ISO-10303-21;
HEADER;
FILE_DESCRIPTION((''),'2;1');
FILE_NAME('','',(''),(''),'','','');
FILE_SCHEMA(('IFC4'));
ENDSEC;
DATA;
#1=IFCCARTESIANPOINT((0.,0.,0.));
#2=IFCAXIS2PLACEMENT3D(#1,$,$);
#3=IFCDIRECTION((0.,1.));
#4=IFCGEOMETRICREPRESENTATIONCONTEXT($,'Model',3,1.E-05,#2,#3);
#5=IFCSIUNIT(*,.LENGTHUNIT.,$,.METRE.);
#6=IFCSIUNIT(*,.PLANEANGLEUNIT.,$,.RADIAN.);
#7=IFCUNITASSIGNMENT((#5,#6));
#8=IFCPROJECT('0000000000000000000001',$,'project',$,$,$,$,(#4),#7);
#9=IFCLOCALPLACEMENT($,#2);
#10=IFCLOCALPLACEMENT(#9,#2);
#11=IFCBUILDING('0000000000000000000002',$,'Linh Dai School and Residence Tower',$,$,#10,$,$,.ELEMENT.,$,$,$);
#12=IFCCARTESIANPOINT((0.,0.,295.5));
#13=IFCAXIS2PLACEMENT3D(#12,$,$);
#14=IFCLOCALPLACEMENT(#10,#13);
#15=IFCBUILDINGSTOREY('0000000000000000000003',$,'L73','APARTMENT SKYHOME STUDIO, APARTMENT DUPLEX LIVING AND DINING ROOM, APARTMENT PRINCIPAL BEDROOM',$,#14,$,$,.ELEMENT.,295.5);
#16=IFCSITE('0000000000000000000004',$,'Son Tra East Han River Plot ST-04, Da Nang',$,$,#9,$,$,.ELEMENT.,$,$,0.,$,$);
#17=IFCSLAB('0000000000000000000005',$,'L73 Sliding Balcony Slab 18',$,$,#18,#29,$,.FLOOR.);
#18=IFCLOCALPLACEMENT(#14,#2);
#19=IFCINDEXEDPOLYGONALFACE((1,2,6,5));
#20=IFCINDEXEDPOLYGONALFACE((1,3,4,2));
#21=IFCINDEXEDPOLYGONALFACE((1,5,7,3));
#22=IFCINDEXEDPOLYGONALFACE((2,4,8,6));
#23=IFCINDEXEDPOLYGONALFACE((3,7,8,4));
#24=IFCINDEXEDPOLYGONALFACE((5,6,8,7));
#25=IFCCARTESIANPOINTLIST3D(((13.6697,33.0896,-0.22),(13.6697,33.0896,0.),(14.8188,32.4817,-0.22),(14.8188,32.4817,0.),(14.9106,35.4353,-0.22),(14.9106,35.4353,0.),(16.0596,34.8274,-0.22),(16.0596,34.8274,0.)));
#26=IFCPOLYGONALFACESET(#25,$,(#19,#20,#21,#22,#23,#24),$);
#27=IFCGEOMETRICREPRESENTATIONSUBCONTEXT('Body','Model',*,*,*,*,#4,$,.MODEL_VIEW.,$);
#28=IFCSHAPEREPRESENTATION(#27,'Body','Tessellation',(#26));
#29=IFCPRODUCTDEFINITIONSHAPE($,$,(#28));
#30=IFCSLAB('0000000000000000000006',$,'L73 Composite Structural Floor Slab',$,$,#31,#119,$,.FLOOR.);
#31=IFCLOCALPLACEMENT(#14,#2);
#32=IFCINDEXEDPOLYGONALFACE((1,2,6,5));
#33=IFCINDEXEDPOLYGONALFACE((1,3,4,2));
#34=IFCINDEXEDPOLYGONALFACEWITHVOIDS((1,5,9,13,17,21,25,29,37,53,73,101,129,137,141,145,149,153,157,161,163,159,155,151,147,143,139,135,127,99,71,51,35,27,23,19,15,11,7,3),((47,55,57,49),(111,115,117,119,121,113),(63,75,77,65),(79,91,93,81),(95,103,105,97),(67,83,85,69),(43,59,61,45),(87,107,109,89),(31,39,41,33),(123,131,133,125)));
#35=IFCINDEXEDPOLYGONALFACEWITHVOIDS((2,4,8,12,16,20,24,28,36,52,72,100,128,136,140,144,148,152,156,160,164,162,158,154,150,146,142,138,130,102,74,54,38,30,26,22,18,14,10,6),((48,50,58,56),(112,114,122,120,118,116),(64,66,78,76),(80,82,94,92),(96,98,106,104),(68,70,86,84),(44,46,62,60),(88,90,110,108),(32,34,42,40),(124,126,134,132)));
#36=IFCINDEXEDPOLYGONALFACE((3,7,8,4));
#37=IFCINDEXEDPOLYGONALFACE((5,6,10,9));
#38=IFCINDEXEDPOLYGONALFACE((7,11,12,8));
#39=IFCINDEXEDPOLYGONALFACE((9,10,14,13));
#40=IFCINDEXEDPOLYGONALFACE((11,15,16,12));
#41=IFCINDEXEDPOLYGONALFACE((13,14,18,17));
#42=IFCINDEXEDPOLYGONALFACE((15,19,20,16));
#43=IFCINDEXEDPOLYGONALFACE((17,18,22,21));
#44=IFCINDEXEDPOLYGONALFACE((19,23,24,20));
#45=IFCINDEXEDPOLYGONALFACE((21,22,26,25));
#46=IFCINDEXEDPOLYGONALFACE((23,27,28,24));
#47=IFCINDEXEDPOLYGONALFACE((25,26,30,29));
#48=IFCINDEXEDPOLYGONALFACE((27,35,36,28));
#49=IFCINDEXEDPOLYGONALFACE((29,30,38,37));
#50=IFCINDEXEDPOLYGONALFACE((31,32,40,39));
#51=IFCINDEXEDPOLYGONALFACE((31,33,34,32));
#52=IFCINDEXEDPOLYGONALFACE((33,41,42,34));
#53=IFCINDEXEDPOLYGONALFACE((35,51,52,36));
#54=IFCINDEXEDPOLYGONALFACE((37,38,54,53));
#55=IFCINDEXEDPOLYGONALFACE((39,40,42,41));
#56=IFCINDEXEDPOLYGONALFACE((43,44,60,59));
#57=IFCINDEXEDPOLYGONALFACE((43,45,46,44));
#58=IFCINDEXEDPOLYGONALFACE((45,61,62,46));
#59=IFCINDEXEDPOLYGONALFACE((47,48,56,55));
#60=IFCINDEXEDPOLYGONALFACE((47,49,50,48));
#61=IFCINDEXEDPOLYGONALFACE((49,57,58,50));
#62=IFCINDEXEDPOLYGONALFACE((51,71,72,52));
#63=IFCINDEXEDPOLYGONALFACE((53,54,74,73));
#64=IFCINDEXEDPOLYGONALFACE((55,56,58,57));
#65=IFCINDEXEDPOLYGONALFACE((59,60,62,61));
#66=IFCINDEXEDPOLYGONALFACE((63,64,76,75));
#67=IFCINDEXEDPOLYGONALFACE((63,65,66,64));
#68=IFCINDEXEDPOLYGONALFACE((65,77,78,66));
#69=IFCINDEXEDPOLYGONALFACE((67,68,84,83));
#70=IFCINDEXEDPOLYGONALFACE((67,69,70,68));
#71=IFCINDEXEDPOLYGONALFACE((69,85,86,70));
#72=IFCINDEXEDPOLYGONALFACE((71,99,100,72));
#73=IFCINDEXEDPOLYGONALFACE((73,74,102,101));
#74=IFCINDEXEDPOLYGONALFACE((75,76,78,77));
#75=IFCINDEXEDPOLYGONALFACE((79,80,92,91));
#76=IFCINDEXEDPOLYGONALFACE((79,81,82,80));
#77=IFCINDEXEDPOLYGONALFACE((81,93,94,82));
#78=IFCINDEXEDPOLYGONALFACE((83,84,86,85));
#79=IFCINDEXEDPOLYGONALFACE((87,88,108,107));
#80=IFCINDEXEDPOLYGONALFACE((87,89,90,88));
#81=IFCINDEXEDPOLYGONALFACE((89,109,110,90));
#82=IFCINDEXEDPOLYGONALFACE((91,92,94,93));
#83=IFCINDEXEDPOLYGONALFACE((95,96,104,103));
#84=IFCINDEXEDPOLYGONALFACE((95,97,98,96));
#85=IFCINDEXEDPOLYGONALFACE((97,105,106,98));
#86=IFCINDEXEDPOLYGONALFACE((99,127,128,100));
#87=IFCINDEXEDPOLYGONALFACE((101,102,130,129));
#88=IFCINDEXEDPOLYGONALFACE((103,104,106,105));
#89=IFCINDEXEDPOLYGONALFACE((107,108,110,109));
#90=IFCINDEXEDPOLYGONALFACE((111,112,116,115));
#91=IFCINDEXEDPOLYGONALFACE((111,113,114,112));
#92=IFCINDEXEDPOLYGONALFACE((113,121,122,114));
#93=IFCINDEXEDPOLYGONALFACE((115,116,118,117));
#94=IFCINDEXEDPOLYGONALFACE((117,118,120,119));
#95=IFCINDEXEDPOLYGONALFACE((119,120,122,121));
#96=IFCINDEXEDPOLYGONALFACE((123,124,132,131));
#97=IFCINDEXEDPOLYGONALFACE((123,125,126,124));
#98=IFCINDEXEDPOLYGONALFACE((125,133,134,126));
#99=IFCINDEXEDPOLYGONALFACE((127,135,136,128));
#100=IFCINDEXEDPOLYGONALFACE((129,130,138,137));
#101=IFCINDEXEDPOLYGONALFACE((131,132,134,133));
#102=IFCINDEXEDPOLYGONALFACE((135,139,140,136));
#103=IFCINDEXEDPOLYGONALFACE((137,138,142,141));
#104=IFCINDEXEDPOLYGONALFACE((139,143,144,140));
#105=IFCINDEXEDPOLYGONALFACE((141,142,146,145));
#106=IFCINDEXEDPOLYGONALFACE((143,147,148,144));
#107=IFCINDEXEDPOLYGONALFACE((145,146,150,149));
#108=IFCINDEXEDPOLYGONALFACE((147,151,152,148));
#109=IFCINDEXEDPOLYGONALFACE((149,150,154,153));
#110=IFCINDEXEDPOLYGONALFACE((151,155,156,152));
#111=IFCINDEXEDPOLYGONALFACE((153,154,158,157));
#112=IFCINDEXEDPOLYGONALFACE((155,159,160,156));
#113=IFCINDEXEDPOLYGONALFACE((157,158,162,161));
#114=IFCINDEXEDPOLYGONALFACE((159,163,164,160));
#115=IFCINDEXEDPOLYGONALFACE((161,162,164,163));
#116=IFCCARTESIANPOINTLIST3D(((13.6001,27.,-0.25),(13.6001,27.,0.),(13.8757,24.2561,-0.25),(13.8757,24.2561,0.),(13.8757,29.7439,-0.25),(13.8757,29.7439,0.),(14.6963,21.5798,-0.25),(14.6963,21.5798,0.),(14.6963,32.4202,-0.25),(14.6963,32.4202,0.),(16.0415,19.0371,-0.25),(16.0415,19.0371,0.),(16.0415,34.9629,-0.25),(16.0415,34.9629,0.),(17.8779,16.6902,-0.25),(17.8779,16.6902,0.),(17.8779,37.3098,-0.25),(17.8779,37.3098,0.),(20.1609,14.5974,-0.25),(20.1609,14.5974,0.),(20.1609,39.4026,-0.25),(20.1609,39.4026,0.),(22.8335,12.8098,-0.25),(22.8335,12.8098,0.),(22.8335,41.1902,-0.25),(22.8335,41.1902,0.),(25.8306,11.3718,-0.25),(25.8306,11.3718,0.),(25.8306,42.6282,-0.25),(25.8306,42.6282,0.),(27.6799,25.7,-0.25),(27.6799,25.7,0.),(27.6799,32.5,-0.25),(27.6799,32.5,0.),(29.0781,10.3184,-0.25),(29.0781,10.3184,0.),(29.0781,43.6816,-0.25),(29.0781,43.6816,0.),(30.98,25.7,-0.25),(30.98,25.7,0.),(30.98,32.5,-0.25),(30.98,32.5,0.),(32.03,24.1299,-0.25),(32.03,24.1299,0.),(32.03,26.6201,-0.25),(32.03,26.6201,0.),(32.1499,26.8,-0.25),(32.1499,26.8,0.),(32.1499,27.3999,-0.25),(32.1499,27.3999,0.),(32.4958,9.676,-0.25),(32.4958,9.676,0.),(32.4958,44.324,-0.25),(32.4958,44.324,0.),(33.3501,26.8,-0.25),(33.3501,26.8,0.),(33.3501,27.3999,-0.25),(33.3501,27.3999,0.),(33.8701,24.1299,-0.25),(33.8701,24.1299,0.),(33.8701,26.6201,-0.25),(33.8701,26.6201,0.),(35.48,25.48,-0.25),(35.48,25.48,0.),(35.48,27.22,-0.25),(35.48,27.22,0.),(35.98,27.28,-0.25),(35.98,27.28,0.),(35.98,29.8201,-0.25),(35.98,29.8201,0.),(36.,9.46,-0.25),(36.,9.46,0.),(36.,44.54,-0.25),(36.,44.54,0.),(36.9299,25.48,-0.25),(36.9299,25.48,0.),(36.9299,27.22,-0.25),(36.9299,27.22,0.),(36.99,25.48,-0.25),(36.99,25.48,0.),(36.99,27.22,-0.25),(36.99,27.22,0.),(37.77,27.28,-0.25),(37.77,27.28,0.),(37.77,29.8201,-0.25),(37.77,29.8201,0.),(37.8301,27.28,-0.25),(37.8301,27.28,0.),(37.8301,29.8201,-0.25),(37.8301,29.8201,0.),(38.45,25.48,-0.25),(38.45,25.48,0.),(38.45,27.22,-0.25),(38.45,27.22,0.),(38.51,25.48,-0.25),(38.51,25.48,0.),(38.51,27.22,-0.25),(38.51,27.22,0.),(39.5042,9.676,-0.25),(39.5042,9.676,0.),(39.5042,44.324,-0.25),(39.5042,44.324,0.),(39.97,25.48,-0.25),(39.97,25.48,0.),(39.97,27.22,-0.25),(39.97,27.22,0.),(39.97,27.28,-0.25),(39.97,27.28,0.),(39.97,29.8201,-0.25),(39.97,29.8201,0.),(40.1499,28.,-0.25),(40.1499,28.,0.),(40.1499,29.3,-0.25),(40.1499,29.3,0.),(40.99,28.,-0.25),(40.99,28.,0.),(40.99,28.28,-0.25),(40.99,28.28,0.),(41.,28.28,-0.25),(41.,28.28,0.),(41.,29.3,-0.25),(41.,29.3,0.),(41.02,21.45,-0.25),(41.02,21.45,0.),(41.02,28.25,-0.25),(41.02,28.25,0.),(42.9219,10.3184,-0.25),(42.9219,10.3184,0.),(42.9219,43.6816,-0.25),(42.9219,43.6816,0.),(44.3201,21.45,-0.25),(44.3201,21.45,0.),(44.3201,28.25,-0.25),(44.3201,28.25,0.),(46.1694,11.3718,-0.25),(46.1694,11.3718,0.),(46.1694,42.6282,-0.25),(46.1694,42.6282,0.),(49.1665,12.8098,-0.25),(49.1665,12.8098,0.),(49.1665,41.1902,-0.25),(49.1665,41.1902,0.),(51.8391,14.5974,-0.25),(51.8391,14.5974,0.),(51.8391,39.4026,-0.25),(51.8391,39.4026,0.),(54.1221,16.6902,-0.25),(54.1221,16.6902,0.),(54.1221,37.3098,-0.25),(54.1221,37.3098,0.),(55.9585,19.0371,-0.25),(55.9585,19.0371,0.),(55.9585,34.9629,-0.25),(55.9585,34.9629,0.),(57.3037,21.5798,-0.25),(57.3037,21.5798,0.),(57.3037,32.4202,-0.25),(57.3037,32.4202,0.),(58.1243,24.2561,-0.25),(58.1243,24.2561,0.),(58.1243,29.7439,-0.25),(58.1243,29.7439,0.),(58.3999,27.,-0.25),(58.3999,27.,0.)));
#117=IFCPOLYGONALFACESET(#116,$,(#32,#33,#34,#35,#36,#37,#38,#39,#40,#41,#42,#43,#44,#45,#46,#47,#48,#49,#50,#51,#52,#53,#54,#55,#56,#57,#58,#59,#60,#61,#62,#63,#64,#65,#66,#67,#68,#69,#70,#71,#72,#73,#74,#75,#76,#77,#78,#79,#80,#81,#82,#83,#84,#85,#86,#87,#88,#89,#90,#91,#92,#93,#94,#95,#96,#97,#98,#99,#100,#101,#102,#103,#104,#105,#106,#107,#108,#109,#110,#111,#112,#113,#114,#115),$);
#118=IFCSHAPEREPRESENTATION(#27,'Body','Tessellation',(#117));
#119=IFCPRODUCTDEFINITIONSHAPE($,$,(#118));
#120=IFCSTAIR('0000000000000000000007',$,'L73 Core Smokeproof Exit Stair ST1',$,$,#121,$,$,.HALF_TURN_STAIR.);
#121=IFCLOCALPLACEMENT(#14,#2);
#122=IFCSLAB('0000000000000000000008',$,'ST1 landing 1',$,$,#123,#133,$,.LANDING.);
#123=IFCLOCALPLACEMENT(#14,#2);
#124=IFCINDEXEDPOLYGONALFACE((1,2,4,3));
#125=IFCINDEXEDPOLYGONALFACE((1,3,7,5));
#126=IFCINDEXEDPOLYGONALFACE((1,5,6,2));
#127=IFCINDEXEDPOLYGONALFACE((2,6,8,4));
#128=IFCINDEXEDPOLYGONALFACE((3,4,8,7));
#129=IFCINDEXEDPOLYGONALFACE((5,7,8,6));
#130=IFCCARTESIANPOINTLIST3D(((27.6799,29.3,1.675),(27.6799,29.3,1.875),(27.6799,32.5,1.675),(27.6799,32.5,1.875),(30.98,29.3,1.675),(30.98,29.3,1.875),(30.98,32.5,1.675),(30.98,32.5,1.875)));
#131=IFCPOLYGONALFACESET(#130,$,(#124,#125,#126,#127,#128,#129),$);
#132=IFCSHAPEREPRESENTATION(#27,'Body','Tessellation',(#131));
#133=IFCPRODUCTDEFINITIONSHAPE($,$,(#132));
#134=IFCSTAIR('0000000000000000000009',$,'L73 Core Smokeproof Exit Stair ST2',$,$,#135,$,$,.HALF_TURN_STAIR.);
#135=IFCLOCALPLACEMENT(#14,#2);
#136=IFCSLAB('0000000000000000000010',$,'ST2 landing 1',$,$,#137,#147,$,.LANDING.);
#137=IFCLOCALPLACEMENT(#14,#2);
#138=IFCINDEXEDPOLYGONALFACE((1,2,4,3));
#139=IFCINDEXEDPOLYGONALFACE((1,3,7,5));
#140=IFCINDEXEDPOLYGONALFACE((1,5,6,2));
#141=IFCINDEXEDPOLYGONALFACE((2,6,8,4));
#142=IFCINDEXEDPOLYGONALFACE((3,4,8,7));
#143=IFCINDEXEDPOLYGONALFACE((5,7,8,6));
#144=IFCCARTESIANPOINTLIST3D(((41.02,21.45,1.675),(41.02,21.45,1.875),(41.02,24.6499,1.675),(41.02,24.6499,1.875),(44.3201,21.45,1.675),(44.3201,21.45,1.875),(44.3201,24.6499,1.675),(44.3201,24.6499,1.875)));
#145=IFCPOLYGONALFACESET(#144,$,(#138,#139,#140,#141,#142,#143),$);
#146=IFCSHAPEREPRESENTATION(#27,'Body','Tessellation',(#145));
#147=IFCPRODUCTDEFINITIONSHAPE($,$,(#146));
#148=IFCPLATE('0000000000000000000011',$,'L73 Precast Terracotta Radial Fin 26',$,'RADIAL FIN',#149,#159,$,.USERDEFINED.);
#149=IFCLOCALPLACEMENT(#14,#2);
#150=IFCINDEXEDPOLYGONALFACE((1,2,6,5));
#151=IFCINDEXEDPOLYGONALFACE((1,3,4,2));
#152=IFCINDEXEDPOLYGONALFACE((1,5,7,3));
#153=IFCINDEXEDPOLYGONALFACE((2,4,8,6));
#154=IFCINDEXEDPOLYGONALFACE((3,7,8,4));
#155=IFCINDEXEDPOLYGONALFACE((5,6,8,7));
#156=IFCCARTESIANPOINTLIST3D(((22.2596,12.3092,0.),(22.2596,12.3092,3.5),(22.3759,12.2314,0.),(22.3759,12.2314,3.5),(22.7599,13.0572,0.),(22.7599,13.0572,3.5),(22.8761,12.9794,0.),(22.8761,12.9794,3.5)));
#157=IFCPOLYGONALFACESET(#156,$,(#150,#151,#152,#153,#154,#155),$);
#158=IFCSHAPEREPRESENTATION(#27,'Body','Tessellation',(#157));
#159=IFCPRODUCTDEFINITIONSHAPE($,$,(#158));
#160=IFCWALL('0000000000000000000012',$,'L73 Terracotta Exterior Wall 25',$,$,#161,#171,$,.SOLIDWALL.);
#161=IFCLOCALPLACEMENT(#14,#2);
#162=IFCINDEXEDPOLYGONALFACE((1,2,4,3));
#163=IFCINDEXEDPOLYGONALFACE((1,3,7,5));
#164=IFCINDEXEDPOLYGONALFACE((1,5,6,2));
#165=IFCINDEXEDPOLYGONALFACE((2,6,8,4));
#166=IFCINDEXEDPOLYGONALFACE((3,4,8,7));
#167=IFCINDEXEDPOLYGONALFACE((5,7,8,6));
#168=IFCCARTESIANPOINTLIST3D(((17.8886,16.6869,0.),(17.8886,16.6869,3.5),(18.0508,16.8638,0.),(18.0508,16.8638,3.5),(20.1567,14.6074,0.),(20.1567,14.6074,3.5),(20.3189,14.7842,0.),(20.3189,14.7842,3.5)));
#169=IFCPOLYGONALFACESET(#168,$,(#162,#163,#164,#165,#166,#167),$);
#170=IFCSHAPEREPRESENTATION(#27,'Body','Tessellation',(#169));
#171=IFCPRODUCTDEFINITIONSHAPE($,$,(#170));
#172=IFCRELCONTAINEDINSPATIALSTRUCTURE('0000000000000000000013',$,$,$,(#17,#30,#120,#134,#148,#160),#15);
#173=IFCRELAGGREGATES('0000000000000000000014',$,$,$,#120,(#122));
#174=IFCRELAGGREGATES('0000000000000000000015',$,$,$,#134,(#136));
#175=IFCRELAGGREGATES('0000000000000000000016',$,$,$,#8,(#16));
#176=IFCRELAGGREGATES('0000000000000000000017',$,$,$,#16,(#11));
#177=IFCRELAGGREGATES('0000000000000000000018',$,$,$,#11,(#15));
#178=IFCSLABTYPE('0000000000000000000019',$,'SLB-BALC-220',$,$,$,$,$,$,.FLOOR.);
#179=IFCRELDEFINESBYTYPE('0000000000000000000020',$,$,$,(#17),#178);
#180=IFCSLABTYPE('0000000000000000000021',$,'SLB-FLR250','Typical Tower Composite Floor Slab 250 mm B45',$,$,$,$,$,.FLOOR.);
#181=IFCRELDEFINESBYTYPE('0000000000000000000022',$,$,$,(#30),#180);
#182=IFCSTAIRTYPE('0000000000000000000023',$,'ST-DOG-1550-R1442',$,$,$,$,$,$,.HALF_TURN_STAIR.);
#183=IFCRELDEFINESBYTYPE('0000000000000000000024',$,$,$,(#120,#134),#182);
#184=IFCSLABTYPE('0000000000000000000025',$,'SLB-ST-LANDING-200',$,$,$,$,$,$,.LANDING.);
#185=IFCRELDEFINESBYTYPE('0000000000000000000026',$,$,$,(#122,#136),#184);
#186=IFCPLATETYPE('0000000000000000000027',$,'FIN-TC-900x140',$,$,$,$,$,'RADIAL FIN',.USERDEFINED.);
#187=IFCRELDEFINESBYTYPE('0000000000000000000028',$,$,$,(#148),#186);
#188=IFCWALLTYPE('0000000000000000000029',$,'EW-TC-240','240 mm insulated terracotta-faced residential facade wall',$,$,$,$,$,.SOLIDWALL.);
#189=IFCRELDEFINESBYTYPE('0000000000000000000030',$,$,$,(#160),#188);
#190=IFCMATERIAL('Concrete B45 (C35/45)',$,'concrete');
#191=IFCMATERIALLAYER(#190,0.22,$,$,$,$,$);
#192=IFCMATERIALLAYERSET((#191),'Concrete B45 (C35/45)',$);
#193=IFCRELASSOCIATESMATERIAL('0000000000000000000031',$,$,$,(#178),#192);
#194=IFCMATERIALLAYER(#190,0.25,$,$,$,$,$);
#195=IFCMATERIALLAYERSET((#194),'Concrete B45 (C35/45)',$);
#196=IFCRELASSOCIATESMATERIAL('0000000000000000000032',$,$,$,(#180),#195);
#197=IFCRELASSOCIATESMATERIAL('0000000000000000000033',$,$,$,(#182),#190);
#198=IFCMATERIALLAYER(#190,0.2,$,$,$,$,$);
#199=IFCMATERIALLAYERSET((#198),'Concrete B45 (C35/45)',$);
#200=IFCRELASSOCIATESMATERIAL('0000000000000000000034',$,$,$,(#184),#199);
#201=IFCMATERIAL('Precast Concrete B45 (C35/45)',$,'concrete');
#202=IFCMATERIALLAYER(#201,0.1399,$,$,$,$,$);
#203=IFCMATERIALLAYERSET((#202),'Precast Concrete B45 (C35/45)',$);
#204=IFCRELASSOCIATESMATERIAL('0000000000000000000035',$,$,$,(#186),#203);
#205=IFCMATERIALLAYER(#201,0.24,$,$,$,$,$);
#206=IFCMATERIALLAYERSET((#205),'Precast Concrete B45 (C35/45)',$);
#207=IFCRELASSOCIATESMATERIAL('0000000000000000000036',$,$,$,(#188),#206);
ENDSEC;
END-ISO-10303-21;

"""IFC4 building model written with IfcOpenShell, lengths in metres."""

from ifc_helpers import new_model, si_unit, direction, frame, frame_2d, origin, origin_2d, place, context, subcontext, project, spatial, polyline, rectangle, outline, extrude, source, transform, mapped, material, layer, layer_set, type_object, element, aggregate, save


model = new_model("IFC4")

# Units and contexts
model_context = context("Model", 3, precision=1e-05, world=origin(), true_north=direction((0.0, 1.0)))
body_context = subcontext(model_context, "Body", "Model", "MODEL_VIEW")
ifc_project = project(units=[si_unit("LENGTHUNIT", "METRE"), si_unit("PLANEANGLEUNIT", "RADIAN")], contexts=[model_context])

# Site, building, storey
site_placement = place(None, origin())
site = spatial("IfcSite", under=ifc_project, at=site_placement, Name="Son Tra East Han River Plot ST-04, Da Nang", CompositionType="ELEMENT", RefElevation=0.0)
building_placement = place(site_placement, origin())
building = spatial("IfcBuilding", under=site, at=building_placement, Name="Linh Dai School and Residence Tower", CompositionType="ELEMENT")
storey_placement = place(building_placement, frame((0.0, 0.0, 295.5)))
storey = spatial("IfcBuildingStorey", under=building, at=storey_placement, Name="L73", Description="APARTMENT SKYHOME STUDIO, APARTMENT DUPLEX LIVING AND DINING ROOM, APARTMENT PRINCIPAL BEDROOM", CompositionType="ELEMENT", Elevation=295.5)

# Slabs
ifc_material_1 = material(Name="Concrete B45 (C35/45)", Category="concrete")
ifc_layer_1 = layer(ifc_material_1, 0.22)
ifc_layer_set_1 = layer_set([ifc_layer_1], Name="Concrete B45 (C35/45)")
slab_type_1 = type_object("IfcSlabType", Name="SLB-BALC-220", PredefinedType="FLOOR", material=ifc_layer_set_1)
slab_1_placement = place(storey_placement, frame((0.0, 0.0, -0.22)))
element("IfcSlab", 1, at=slab_1_placement, inside=storey, type_object=slab_type_1, Name="L73 Sliding Balcony Slab 18", PredefinedType="FLOOR", context=body_context, shape_type="SweptSolid", body=[
    extrude(outline(polyline([(14.8188, 32.4817), (16.0596, 34.8274), (14.9106, 35.4353), (13.6697, 33.0896), (14.8188, 32.4817)])), origin(), (0.0, 0.0, 1.0), 0.22),
])
ifc_layer_2 = layer(ifc_material_1, 0.25)
ifc_layer_set_2 = layer_set([ifc_layer_2], Name="Concrete B45 (C35/45)")
slab_type_2 = type_object("IfcSlabType", Name="SLB-FLR250", Description="Typical Tower Composite Floor Slab 250 mm B45", PredefinedType="FLOOR", material=ifc_layer_set_2)
slab_2_placement = place(storey_placement, frame((0.0, 0.0, -0.25)))
element("IfcSlab", 2, at=slab_2_placement, inside=storey, type_object=slab_type_2, Name="L73 Composite Structural Floor Slab", PredefinedType="FLOOR", context=body_context, shape_type="SweptSolid", body=[
    extrude(outline(polyline([(58.3999, 27.0), (58.1243, 29.7439), (57.3037, 32.4202), (55.9585, 34.9629), (54.1221, 37.3098), (51.8391, 39.4026), (49.1665, 41.1902), (46.1694, 42.6282), (42.9219, 43.6816), (39.5042, 44.324), (36.0, 44.54), (32.4958, 44.324), (29.0781, 43.6816), (25.8306, 42.6282), (22.8335, 41.1902), (20.1609, 39.4026), (17.8779, 37.3098), (16.0415, 34.9629), (14.6963, 32.4202), (13.8757, 29.7439), (13.6001, 27.0), (13.8757, 24.2561), (14.6963, 21.5798), (16.0415, 19.0371), (17.8779, 16.6902), (20.1609, 14.5974), (22.8335, 12.8098), (25.8306, 11.3718), (29.0781, 10.3184), (32.4958, 9.676), (36.0, 9.46), (39.5042, 9.676), (42.9219, 10.3184), (46.1694, 11.3718), (49.1665, 12.8098), (51.8391, 14.5974), (54.1221, 16.6902), (55.9585, 19.0371), (57.3037, 21.5798), (58.1243, 24.2561), (58.3999, 27.0)]), holes=[polyline([(30.98, 25.7), (30.98, 32.5), (27.6799, 32.5), (27.6799, 25.7), (30.98, 25.7)]), polyline([(41.02, 28.25), (41.02, 21.45), (44.3201, 21.45), (44.3201, 28.25), (41.02, 28.25)]), polyline([(35.98, 27.28), (37.77, 27.28), (37.77, 29.8201), (35.98, 29.8201), (35.98, 27.28)]), polyline([(32.03, 24.1299), (33.8701, 24.1299), (33.8701, 26.6201), (32.03, 26.6201), (32.03, 24.1299)]), polyline([(37.8301, 27.28), (39.97, 27.28), (39.97, 29.8201), (37.8301, 29.8201), (37.8301, 27.28)]), polyline([(35.48, 25.48), (36.9299, 25.48), (36.9299, 27.22), (35.48, 27.22), (35.48, 25.48)]), polyline([(36.99, 25.48), (38.45, 25.48), (38.45, 27.22), (36.99, 27.22), (36.99, 25.48)]), polyline([(38.51, 25.48), (39.97, 25.48), (39.97, 27.22), (38.51, 27.22), (38.51, 25.48)]), polyline([(40.1499, 28.0), (40.1499, 29.3), (41.0, 29.3), (41.0, 28.28), (40.99, 28.28), (40.99, 28.0), (40.1499, 28.0)]), polyline([(32.1499, 26.8), (33.3501, 26.8), (33.3501, 27.3999), (32.1499, 27.3999), (32.1499, 26.8)])]), origin(), (0.0, 0.0, 1.0), 0.25),
])

# Stairs, slabs
stair_type = type_object("IfcStairType", Name="ST-DOG-1550-R1442", PredefinedType="HALF_TURN_STAIR", material=ifc_material_1)
stair_1_placement = place(storey_placement, origin())
stair_1 = element("IfcStair", 3, at=stair_1_placement, inside=storey, type_object=stair_type, Name="L73 Core Smokeproof Exit Stair ST1", PredefinedType="HALF_TURN_STAIR")
ifc_layer_3 = layer(ifc_material_1, 0.2)
ifc_layer_set_3 = layer_set([ifc_layer_3], Name="Concrete B45 (C35/45)")
slab_type_3 = type_object("IfcSlabType", Name="SLB-ST-LANDING-200", PredefinedType="LANDING", material=ifc_layer_set_3)
slab_3_placement = place(storey_placement, frame((0.0, 0.0, 1.675)))
slab_3 = element("IfcSlab", 4, at=slab_3_placement, type_object=slab_type_3, Name="ST1 landing 1", PredefinedType="LANDING", context=body_context, shape_type="SweptSolid", body=[
    extrude(outline(polyline([(30.98, 29.3), (30.98, 32.5), (27.6799, 32.5), (27.6799, 29.3), (30.98, 29.3)])), origin(), (0.0, 0.0, 1.0), 0.2),
])
aggregate(stair_1, [slab_3])
stair_2_placement = place(storey_placement, origin())
stair_2 = element("IfcStair", 5, at=stair_2_placement, inside=storey, type_object=stair_type, Name="L73 Core Smokeproof Exit Stair ST2", PredefinedType="HALF_TURN_STAIR")
slab_4_placement = place(storey_placement, frame((0.0, 0.0, 1.675)))
slab_4 = element("IfcSlab", 6, at=slab_4_placement, type_object=slab_type_3, Name="ST2 landing 1", PredefinedType="LANDING", context=body_context, shape_type="SweptSolid", body=[
    extrude(outline(polyline([(41.02, 24.6499), (41.02, 21.45), (44.3201, 21.45), (44.3201, 24.6499), (41.02, 24.6499)])), origin(), (0.0, 0.0, 1.0), 0.2),
])
aggregate(stair_2, [slab_4])

# Plate
ifc_material_2 = material(Name="Precast Concrete B45 (C35/45)", Category="concrete")
ifc_layer_4 = layer(ifc_material_2, 0.1399)
ifc_layer_set_4 = layer_set([ifc_layer_4], Name="Precast Concrete B45 (C35/45)")
plate_type = type_object("IfcPlateType", Name="FIN-TC-900x140", ElementType="RADIAL FIN", PredefinedType="USERDEFINED", material=ifc_layer_set_4)
shared_shape_1 = source(origin(), body_context, "Body", "SweptSolid", [
    extrude(rectangle(XDim=0.8999, YDim=0.1399, at=origin_2d()), origin(), (0.0, 0.0, 1.0), 3.5),
])
plate_placement = place(storey_placement, frame((22.5679, 12.6443, 0.0), z_axis=(0.0, 0.0, 1.0), x_axis=(-0.555906, -0.831245, 0.0)))
element("IfcPlate", 7, at=plate_placement, inside=storey, type_object=plate_type, Name="L73 Precast Terracotta Radial Fin 26", ObjectType="RADIAL FIN", PredefinedType="USERDEFINED", context=body_context, shape_type="MappedRepresentation", body=[
    mapped(shared_shape_1, transform((0.0, 0.0, 0.0), x_axis=(1.0, 0.0, 0.0), y_axis=(0.0, 1.0, 0.0), z_axis=(0.0, 0.0, 1.0), scale=1.0)),
])

# Wall
ifc_layer_5 = layer(ifc_material_2, 0.24)
ifc_layer_set_5 = layer_set([ifc_layer_5], Name="Precast Concrete B45 (C35/45)")
wall_type_1 = type_object("IfcWallType", Name="EW-TC-240", Description="240 mm insulated terracotta-faced residential facade wall", PredefinedType="SOLIDWALL", material=ifc_layer_set_5)
wall_1_placement = place(storey_placement, frame((20.2378, 14.6958, 0.0), z_axis=(0.0, 0.0, 1.0), x_axis=(-0.737069, 0.675818, 0.0)))
element("IfcWall", 8, at=wall_1_placement, inside=storey, type_object=wall_type_1, Name="L73 Terracotta Exterior Wall 25", PredefinedType="SOLIDWALL", context=body_context, shape_type="SweptSolid", body=[
    extrude(rectangle(XDim=3.0771, YDim=0.24, at=frame_2d((1.5386, 0.0))), origin(), (0.0, 0.0, 1.0), 3.5),
])

save(model, "model.ifc")
